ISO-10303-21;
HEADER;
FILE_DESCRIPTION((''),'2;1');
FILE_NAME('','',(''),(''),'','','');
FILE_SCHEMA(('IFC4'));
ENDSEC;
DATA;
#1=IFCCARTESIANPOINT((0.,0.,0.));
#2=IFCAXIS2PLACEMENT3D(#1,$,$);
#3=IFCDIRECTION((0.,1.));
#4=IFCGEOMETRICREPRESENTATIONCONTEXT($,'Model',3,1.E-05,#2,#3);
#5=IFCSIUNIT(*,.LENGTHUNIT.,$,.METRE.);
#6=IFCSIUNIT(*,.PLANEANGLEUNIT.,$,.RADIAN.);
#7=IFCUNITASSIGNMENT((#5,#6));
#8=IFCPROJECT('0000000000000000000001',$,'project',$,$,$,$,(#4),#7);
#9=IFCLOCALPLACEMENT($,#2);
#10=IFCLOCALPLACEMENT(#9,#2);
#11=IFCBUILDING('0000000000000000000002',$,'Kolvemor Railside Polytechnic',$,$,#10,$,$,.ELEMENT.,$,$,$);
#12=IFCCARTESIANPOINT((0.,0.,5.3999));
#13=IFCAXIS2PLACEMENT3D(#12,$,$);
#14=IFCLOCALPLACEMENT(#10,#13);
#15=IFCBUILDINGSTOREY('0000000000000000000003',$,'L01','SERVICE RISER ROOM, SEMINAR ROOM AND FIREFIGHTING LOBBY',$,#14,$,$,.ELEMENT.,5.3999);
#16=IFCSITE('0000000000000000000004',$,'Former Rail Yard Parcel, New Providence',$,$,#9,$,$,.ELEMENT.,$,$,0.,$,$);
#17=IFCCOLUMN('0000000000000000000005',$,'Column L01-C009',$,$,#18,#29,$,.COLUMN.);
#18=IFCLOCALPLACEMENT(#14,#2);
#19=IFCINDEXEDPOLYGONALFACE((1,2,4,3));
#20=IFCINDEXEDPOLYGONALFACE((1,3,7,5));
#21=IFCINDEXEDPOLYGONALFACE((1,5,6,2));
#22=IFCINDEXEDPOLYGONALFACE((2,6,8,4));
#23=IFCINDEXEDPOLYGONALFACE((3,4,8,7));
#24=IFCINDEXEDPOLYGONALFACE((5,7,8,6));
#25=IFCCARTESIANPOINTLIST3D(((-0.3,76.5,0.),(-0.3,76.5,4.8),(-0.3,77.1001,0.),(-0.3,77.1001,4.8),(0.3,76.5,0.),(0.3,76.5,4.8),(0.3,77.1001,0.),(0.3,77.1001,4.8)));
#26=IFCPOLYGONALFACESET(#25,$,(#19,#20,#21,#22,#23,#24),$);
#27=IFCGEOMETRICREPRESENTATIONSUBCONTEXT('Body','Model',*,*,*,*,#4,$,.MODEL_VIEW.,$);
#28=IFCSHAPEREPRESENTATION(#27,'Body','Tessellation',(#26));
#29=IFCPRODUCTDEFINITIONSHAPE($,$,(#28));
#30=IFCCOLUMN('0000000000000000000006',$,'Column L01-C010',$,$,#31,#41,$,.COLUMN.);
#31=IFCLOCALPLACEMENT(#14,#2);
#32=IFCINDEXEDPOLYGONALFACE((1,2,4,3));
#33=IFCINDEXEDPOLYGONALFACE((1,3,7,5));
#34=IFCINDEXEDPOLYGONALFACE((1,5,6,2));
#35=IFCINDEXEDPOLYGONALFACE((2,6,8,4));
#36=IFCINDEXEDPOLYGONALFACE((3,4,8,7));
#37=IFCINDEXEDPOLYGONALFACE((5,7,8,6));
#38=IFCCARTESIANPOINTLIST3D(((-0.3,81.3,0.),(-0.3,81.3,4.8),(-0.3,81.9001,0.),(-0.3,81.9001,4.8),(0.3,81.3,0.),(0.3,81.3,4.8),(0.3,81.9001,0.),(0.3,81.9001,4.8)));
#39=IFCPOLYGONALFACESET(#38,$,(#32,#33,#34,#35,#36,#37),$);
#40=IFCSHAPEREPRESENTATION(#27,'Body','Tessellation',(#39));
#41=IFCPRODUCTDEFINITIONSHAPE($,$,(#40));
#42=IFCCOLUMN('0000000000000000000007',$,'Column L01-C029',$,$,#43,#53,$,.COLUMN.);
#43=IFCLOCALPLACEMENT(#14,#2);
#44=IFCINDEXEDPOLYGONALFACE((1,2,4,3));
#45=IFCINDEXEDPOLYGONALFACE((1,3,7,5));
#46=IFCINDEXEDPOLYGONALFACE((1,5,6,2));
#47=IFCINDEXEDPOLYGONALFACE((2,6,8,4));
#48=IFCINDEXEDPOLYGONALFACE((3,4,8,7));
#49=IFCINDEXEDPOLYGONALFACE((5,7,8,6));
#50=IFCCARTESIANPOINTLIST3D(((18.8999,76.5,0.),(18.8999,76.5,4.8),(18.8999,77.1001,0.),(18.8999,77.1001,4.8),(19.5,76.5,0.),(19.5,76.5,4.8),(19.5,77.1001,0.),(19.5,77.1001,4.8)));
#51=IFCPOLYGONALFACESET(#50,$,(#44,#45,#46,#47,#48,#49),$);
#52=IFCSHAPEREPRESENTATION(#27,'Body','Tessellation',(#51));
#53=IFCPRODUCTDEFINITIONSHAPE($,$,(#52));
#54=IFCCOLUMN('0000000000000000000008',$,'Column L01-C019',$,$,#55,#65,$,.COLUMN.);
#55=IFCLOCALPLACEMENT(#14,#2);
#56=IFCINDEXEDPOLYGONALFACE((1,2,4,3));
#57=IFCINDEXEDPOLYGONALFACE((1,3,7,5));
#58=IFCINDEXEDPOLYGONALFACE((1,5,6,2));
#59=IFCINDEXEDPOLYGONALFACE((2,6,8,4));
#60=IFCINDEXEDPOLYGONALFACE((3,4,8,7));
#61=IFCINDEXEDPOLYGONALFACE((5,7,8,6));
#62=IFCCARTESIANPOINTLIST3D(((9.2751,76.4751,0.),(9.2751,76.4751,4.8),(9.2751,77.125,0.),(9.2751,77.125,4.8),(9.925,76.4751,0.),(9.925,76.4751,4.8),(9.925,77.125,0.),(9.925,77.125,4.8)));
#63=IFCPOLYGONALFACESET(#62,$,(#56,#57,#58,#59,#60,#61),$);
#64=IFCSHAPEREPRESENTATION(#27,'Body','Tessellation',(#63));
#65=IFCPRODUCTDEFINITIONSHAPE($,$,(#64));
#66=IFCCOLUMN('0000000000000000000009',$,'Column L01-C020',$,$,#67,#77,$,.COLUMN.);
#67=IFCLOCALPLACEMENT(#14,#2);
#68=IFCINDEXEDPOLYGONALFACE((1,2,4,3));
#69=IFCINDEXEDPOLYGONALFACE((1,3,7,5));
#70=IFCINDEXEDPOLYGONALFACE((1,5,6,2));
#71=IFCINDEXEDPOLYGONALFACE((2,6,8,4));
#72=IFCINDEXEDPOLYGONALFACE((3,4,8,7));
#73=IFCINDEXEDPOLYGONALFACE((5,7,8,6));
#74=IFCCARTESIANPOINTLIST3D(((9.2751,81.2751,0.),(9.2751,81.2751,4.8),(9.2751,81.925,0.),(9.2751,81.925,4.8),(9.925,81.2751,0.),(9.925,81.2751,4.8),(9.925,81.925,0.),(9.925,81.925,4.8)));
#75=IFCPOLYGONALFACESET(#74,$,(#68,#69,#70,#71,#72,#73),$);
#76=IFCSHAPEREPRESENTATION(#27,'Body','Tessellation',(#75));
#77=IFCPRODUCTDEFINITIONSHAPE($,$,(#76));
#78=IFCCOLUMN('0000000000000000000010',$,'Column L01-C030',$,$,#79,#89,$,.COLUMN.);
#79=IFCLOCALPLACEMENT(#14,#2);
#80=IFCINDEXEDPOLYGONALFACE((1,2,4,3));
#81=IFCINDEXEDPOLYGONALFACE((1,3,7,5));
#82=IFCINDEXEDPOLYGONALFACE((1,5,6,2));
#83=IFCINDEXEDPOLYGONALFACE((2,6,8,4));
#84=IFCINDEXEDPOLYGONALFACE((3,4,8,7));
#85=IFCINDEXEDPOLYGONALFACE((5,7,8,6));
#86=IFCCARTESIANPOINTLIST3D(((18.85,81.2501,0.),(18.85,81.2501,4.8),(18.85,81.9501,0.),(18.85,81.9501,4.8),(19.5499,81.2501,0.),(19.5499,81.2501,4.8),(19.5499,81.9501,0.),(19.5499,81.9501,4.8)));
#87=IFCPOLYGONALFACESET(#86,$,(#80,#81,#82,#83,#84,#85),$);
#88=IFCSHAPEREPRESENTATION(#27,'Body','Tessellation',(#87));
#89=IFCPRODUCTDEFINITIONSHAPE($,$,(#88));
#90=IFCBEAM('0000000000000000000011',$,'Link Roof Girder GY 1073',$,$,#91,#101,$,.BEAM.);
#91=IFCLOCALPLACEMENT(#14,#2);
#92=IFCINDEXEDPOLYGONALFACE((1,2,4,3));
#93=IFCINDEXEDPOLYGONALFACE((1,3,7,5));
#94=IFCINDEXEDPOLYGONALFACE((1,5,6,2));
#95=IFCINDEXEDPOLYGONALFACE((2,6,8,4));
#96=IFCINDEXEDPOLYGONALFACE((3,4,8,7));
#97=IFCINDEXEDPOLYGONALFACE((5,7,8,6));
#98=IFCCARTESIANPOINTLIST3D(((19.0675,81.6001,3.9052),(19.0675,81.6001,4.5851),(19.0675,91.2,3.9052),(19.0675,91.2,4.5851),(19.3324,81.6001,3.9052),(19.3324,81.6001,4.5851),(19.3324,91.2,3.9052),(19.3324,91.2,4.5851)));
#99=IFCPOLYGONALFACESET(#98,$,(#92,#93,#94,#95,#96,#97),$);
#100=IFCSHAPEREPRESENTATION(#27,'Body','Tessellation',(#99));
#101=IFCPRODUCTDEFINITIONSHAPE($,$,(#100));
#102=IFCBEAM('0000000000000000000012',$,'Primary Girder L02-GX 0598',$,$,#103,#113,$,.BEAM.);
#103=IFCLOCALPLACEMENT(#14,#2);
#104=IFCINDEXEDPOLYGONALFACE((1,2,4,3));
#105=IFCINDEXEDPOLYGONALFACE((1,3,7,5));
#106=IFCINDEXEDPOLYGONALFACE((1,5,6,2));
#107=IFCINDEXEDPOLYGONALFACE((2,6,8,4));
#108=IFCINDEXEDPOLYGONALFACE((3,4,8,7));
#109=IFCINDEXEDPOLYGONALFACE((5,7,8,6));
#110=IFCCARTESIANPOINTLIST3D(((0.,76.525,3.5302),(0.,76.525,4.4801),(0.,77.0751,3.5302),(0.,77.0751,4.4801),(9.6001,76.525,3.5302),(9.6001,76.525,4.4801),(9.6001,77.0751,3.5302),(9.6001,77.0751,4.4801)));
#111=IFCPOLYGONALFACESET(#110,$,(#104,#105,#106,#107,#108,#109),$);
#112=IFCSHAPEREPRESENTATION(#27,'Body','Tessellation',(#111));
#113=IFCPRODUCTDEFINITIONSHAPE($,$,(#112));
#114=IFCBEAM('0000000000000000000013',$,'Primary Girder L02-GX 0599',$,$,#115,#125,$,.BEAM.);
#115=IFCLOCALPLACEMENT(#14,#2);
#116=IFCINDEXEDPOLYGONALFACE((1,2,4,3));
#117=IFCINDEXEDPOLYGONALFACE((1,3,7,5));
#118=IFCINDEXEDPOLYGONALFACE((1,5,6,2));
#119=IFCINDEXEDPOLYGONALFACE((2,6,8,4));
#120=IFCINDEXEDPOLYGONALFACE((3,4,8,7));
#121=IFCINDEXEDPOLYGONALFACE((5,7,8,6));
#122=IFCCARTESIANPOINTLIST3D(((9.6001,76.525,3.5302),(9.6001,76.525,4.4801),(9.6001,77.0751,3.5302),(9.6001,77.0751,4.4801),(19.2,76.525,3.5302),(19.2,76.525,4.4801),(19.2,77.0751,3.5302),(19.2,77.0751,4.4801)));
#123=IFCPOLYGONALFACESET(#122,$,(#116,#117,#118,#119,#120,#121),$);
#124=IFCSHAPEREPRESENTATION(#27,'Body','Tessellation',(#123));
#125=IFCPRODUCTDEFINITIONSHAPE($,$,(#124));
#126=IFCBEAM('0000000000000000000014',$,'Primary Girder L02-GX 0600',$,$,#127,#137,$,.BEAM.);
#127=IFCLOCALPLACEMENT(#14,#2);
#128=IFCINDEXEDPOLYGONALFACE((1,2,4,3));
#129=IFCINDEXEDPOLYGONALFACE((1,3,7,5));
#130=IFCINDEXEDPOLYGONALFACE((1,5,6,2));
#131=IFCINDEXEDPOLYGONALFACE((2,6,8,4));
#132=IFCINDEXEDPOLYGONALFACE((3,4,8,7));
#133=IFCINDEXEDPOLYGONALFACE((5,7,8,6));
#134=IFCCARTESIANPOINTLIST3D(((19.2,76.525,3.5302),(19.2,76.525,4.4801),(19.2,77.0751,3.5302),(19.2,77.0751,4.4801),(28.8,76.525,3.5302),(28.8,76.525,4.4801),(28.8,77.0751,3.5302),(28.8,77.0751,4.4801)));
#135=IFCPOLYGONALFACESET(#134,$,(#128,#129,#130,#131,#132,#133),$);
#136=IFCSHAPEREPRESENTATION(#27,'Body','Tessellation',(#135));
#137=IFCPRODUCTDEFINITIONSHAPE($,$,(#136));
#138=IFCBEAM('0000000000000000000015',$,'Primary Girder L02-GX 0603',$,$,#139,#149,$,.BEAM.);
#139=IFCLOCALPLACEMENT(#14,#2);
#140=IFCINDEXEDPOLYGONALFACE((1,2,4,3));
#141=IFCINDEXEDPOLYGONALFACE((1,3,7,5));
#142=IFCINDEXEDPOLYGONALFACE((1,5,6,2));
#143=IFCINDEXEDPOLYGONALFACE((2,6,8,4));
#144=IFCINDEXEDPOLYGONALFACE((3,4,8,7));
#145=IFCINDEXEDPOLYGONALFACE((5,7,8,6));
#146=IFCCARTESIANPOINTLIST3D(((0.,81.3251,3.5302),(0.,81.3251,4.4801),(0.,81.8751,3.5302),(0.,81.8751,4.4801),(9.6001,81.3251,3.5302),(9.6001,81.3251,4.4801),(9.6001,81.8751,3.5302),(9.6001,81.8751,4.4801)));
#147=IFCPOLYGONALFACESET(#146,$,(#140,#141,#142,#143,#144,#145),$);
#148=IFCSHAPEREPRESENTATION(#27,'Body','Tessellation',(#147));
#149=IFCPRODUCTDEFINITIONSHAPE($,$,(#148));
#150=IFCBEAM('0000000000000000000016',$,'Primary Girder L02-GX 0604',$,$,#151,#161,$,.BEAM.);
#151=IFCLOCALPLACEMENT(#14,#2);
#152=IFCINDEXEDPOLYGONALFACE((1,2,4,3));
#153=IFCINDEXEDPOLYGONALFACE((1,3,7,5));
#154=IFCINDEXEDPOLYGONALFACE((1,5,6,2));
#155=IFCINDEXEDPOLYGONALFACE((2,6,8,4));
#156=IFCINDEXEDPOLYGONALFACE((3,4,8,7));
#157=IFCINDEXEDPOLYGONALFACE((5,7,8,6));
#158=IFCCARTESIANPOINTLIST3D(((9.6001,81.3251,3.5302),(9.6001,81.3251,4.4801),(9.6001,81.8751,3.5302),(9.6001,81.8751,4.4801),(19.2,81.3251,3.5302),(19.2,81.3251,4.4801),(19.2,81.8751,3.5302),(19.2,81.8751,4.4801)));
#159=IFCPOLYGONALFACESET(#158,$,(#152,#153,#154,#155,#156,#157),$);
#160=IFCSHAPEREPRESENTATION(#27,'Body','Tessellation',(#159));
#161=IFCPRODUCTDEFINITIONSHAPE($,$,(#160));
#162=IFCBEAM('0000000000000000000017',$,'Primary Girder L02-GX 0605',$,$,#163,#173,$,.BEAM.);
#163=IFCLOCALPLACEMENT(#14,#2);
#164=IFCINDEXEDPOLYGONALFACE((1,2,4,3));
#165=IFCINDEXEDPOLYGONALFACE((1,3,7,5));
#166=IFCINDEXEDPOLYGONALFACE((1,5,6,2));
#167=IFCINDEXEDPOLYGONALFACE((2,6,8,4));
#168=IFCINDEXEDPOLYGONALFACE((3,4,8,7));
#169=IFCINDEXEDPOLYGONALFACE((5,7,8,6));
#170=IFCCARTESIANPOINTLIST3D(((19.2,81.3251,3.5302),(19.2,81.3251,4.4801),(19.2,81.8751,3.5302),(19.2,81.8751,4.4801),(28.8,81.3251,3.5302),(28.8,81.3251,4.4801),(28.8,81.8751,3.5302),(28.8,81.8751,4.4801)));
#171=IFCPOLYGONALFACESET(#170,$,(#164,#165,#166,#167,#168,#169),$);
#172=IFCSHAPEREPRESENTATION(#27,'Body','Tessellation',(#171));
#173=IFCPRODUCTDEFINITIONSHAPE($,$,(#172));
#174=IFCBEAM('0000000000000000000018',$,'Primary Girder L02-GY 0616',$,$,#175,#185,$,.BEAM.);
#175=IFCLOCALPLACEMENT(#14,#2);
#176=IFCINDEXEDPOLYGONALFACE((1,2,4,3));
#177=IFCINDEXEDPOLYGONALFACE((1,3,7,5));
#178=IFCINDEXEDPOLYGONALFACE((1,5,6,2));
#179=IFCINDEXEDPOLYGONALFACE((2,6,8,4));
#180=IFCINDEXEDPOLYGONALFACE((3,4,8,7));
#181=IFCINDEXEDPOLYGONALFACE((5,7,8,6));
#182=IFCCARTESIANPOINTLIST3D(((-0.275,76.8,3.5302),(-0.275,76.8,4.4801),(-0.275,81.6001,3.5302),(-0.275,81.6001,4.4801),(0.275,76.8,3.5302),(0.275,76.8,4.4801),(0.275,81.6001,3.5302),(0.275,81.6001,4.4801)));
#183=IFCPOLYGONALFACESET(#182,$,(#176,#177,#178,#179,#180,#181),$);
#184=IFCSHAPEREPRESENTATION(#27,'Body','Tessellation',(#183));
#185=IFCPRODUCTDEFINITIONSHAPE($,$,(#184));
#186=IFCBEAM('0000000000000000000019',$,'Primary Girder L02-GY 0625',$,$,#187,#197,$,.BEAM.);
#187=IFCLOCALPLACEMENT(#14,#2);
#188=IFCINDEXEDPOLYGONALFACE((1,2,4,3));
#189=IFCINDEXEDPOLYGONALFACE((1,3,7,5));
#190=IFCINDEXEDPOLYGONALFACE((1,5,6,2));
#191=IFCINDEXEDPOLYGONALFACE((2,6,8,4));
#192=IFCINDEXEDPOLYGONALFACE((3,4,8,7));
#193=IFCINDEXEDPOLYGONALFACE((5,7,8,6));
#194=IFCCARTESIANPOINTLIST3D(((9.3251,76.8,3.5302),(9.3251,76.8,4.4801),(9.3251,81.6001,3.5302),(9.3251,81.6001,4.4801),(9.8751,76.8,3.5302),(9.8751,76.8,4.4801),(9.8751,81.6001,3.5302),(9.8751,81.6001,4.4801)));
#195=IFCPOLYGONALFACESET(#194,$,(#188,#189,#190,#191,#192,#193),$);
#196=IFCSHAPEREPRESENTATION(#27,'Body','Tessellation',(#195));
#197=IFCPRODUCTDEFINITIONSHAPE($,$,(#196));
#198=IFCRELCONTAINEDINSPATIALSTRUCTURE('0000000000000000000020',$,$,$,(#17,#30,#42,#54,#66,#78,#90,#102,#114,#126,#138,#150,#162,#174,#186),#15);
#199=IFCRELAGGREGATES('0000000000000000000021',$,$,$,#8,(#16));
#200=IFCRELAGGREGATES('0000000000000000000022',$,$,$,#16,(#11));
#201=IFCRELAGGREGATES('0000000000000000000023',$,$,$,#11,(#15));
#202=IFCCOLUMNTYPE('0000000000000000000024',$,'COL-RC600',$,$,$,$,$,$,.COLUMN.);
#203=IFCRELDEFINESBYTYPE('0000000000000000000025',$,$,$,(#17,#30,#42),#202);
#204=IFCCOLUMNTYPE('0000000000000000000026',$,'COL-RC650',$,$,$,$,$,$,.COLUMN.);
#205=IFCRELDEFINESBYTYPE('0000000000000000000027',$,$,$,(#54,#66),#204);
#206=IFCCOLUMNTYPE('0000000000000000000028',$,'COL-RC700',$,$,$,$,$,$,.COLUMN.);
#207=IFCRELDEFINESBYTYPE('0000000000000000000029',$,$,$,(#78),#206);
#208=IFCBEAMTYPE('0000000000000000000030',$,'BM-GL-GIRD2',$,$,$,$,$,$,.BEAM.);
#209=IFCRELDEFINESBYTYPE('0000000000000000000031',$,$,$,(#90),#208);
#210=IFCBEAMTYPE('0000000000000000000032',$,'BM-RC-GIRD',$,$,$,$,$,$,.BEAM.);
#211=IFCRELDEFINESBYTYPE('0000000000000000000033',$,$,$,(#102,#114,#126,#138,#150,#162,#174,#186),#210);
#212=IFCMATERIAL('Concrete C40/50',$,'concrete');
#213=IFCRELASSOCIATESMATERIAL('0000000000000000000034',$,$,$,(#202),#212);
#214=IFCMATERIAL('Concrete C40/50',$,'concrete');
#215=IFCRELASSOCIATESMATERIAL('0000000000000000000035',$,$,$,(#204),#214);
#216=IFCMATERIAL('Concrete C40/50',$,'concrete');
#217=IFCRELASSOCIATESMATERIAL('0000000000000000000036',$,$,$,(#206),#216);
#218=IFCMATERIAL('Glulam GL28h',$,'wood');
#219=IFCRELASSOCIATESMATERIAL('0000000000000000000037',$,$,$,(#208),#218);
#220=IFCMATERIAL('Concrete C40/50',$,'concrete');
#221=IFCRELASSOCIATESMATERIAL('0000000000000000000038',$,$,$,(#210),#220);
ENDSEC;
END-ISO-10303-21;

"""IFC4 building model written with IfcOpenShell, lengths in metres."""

from ifc_helpers import new_model, si_unit, direction, frame, origin, origin_2d, place, context, subcontext, project, spatial, rectangle, extrude, material, material_profile, profile_set, type_object, element, save


model = new_model("IFC4")

# Units and contexts
model_context = context("Model", 3, precision=1e-05, world=origin(), true_north=direction((0.0, 1.0)))
body_context = subcontext(model_context, "Body", "Model", "MODEL_VIEW")
ifc_project = project(units=[si_unit("LENGTHUNIT", "METRE"), si_unit("PLANEANGLEUNIT", "RADIAN")], contexts=[model_context])

# Site, building, storey
site_placement = place(None, origin())
site = spatial("IfcSite", under=ifc_project, at=site_placement, Name="Former Rail Yard Parcel, New Providence", CompositionType="ELEMENT", RefElevation=0.0)
building_placement = place(site_placement, origin())
building = spatial("IfcBuilding", under=site, at=building_placement, Name="Kolvemor Railside Polytechnic", CompositionType="ELEMENT")
storey_placement = place(building_placement, frame((0.0, 0.0, 5.3999)))
storey = spatial("IfcBuildingStorey", under=building, at=storey_placement, Name="L01", Description="SERVICE RISER ROOM, SEMINAR ROOM AND FIREFIGHTING LOBBY", CompositionType="ELEMENT", Elevation=5.3999)

# Columns
ifc_material_1 = material(Name="Concrete C40/50", Category="concrete")
ifc_material_profile_1 = material_profile(ifc_material_1, rectangle(XDim=0.6001, YDim=0.6001, at=origin_2d()), Name="RC600x600")
ifc_profile_set_1 = profile_set([ifc_material_profile_1], Name="Concrete C40/50")
column_type_1 = type_object("IfcColumnType", Name="COL-RC600", PredefinedType="COLUMN", material=ifc_profile_set_1)
for number, where, z_axis, x_axis, name in (
    (1, (0.0, 76.8, 0.0), (0.0, 0.0, 1.0), (1.0, 0.0, 0.0), "Column L01-C009"),
    (2, (0.0, 81.6001, 0.0), (0.0, 0.0, 1.0), (1.0, 0.0, 0.0), "Column L01-C010"),
    (3, (19.2, 76.8, 0.0), (0.0, 0.0, 1.0), (1.0, 0.0, 0.0), "Column L01-C029"),
):
    element("IfcColumn", number, at=place(storey_placement, frame(where, z_axis=z_axis, x_axis=x_axis)), inside=storey, type_object=column_type_1, Name=name, PredefinedType="COLUMN", context=body_context, shape_type="SweptSolid", body=[
        extrude(rectangle(XDim=0.6001, YDim=0.6001, at=origin_2d()), origin(), (0.0, 0.0, 1.0), 4.8),
    ])
ifc_material_2 = material(Name="Concrete C40/50", Category="concrete")
ifc_material_profile_2 = material_profile(ifc_material_2, rectangle(XDim=0.6499, YDim=0.6499, at=origin_2d()), Name="RC650x650")
ifc_profile_set_2 = profile_set([ifc_material_profile_2], Name="Concrete C40/50")
column_type_2 = type_object("IfcColumnType", Name="COL-RC650", PredefinedType="COLUMN", material=ifc_profile_set_2)
for number, where, z_axis, x_axis, name in (
    (4, (9.6001, 76.8, 0.0), (0.0, 0.0, 1.0), (1.0, 0.0, 0.0), "Column L01-C019"),
    (5, (9.6001, 81.6001, 0.0), (0.0, 0.0, 1.0), (1.0, 0.0, 0.0), "Column L01-C020"),
):
    element("IfcColumn", number, at=place(storey_placement, frame(where, z_axis=z_axis, x_axis=x_axis)), inside=storey, type_object=column_type_2, Name=name, PredefinedType="COLUMN", context=body_context, shape_type="SweptSolid", body=[
        extrude(rectangle(XDim=0.6499, YDim=0.6499, at=origin_2d()), origin(), (0.0, 0.0, 1.0), 4.8),
    ])
ifc_material_3 = material(Name="Concrete C40/50", Category="concrete")
ifc_material_profile_3 = material_profile(ifc_material_3, rectangle(XDim=0.7, YDim=0.7, at=origin_2d()), Name="RC700x700")
ifc_profile_set_3 = profile_set([ifc_material_profile_3], Name="Concrete C40/50")
column_type_3 = type_object("IfcColumnType", Name="COL-RC700", PredefinedType="COLUMN", material=ifc_profile_set_3)
column_placement = place(storey_placement, frame((19.2, 81.6001, 0.0), z_axis=(0.0, 0.0, 1.0), x_axis=(1.0, 0.0, 0.0)))
element("IfcColumn", 6, at=column_placement, inside=storey, type_object=column_type_3, Name="Column L01-C030", PredefinedType="COLUMN", context=body_context, shape_type="SweptSolid", body=[
    extrude(rectangle(XDim=0.7, YDim=0.7, at=origin_2d()), origin(), (0.0, 0.0, 1.0), 4.8),
])

# Beams
ifc_material_4 = material(Name="Glulam GL28h", Category="wood")
ifc_material_profile_4 = material_profile(ifc_material_4, rectangle(XDim=0.2649, YDim=0.6799, at=origin_2d()), Name="GL265x680")
ifc_profile_set_4 = profile_set([ifc_material_profile_4], Name="Glulam GL28h")
beam_type_1 = type_object("IfcBeamType", Name="BM-GL-GIRD2", PredefinedType="BEAM", material=ifc_profile_set_4)
beam_1_placement = place(storey_placement, frame((19.2, 81.6001, 4.2451), z_axis=(0.0, 1.0, 0.0), x_axis=(-1.0, 0.0, 0.0)))
element("IfcBeam", 7, at=beam_1_placement, inside=storey, type_object=beam_type_1, Name="Link Roof Girder GY 1073", PredefinedType="BEAM", context=body_context, shape_type="SweptSolid", body=[
    extrude(rectangle(XDim=0.2649, YDim=0.6799, at=origin_2d()), origin(), (0.0, 0.0, 1.0), 9.5999),
])
ifc_material_5 = material(Name="Concrete C40/50", Category="concrete")
ifc_material_profile_5 = material_profile(ifc_material_5, rectangle(XDim=0.55, YDim=0.95, at=origin_2d()), Name="RC550x950")
ifc_profile_set_5 = profile_set([ifc_material_profile_5], Name="Concrete C40/50")
beam_type_2 = type_object("IfcBeamType", Name="BM-RC-GIRD", PredefinedType="BEAM", material=ifc_profile_set_5)
beam_2_placement = place(storey_placement, frame((0.0, 76.8, 4.0051), z_axis=(1.0, 0.0, 0.0), x_axis=(0.0, 1.0, 0.0)))
element("IfcBeam", 8, at=beam_2_placement, inside=storey, type_object=beam_type_2, Name="Primary Girder L02-GX 0598", PredefinedType="BEAM", context=body_context, shape_type="SweptSolid", body=[
    extrude(rectangle(XDim=0.55, YDim=0.95, at=origin_2d()), origin(), (0.0, 0.0, 1.0), 9.6001),
])
beam_3_placement = place(storey_placement, frame((9.6001, 76.8, 4.0051), z_axis=(1.0, 0.0, 0.0), x_axis=(0.0, 1.0, 0.0)))
element("IfcBeam", 9, at=beam_3_placement, inside=storey, type_object=beam_type_2, Name="Primary Girder L02-GX 0599", PredefinedType="BEAM", context=body_context, shape_type="SweptSolid", body=[
    extrude(rectangle(XDim=0.55, YDim=0.95, at=origin_2d()), origin(), (0.0, 0.0, 1.0), 9.5999),
])
for number, where, z_axis, x_axis, name in (
    (10, (19.2, 76.8, 4.0051), (1.0, 0.0, 0.0), (0.0, 1.0, 0.0), "Primary Girder L02-GX 0600"),
    (11, (0.0, 81.6001, 4.0051), (1.0, 0.0, 0.0), (0.0, 1.0, 0.0), "Primary Girder L02-GX 0603"),
):
    element("IfcBeam", number, at=place(storey_placement, frame(where, z_axis=z_axis, x_axis=x_axis)), inside=storey, type_object=beam_type_2, Name=name, PredefinedType="BEAM", context=body_context, shape_type="SweptSolid", body=[
        extrude(rectangle(XDim=0.55, YDim=0.95, at=origin_2d()), origin(), (0.0, 0.0, 1.0), 9.6001),
    ])
beam_4_placement = place(storey_placement, frame((9.6001, 81.6001, 4.0051), z_axis=(1.0, 0.0, 0.0), x_axis=(0.0, 1.0, 0.0)))
element("IfcBeam", 12, at=beam_4_placement, inside=storey, type_object=beam_type_2, Name="Primary Girder L02-GX 0604", PredefinedType="BEAM", context=body_context, shape_type="SweptSolid", body=[
    extrude(rectangle(XDim=0.55, YDim=0.95, at=origin_2d()), origin(), (0.0, 0.0, 1.0), 9.5999),
])
beam_5_placement = place(storey_placement, frame((19.2, 81.6001, 4.0051), z_axis=(1.0, 0.0, 0.0), x_axis=(0.0, 1.0, 0.0)))
element("IfcBeam", 13, at=beam_5_placement, inside=storey, type_object=beam_type_2, Name="Primary Girder L02-GX 0605", PredefinedType="BEAM", context=body_context, shape_type="SweptSolid", body=[
    extrude(rectangle(XDim=0.55, YDim=0.95, at=origin_2d()), origin(), (0.0, 0.0, 1.0), 9.6001),
])
for number, where, z_axis, x_axis, name in (
    (14, (0.0, 76.8, 4.0051), (0.0, 1.0, 0.0), (-1.0, 0.0, 0.0), "Primary Girder L02-GY 0616"),
    (15, (9.6001, 76.8, 4.0051), (0.0, 1.0, 0.0), (-1.0, 0.0, 0.0), "Primary Girder L02-GY 0625"),
):
    element("IfcBeam", number, at=place(storey_placement, frame(where, z_axis=z_axis, x_axis=x_axis)), inside=storey, type_object=beam_type_2, Name=name, PredefinedType="BEAM", context=body_context, shape_type="SweptSolid", body=[
        extrude(rectangle(XDim=0.55, YDim=0.95, at=origin_2d()), origin(), (0.0, 0.0, 1.0), 4.8),
    ])

save(model, "model.ifc")
